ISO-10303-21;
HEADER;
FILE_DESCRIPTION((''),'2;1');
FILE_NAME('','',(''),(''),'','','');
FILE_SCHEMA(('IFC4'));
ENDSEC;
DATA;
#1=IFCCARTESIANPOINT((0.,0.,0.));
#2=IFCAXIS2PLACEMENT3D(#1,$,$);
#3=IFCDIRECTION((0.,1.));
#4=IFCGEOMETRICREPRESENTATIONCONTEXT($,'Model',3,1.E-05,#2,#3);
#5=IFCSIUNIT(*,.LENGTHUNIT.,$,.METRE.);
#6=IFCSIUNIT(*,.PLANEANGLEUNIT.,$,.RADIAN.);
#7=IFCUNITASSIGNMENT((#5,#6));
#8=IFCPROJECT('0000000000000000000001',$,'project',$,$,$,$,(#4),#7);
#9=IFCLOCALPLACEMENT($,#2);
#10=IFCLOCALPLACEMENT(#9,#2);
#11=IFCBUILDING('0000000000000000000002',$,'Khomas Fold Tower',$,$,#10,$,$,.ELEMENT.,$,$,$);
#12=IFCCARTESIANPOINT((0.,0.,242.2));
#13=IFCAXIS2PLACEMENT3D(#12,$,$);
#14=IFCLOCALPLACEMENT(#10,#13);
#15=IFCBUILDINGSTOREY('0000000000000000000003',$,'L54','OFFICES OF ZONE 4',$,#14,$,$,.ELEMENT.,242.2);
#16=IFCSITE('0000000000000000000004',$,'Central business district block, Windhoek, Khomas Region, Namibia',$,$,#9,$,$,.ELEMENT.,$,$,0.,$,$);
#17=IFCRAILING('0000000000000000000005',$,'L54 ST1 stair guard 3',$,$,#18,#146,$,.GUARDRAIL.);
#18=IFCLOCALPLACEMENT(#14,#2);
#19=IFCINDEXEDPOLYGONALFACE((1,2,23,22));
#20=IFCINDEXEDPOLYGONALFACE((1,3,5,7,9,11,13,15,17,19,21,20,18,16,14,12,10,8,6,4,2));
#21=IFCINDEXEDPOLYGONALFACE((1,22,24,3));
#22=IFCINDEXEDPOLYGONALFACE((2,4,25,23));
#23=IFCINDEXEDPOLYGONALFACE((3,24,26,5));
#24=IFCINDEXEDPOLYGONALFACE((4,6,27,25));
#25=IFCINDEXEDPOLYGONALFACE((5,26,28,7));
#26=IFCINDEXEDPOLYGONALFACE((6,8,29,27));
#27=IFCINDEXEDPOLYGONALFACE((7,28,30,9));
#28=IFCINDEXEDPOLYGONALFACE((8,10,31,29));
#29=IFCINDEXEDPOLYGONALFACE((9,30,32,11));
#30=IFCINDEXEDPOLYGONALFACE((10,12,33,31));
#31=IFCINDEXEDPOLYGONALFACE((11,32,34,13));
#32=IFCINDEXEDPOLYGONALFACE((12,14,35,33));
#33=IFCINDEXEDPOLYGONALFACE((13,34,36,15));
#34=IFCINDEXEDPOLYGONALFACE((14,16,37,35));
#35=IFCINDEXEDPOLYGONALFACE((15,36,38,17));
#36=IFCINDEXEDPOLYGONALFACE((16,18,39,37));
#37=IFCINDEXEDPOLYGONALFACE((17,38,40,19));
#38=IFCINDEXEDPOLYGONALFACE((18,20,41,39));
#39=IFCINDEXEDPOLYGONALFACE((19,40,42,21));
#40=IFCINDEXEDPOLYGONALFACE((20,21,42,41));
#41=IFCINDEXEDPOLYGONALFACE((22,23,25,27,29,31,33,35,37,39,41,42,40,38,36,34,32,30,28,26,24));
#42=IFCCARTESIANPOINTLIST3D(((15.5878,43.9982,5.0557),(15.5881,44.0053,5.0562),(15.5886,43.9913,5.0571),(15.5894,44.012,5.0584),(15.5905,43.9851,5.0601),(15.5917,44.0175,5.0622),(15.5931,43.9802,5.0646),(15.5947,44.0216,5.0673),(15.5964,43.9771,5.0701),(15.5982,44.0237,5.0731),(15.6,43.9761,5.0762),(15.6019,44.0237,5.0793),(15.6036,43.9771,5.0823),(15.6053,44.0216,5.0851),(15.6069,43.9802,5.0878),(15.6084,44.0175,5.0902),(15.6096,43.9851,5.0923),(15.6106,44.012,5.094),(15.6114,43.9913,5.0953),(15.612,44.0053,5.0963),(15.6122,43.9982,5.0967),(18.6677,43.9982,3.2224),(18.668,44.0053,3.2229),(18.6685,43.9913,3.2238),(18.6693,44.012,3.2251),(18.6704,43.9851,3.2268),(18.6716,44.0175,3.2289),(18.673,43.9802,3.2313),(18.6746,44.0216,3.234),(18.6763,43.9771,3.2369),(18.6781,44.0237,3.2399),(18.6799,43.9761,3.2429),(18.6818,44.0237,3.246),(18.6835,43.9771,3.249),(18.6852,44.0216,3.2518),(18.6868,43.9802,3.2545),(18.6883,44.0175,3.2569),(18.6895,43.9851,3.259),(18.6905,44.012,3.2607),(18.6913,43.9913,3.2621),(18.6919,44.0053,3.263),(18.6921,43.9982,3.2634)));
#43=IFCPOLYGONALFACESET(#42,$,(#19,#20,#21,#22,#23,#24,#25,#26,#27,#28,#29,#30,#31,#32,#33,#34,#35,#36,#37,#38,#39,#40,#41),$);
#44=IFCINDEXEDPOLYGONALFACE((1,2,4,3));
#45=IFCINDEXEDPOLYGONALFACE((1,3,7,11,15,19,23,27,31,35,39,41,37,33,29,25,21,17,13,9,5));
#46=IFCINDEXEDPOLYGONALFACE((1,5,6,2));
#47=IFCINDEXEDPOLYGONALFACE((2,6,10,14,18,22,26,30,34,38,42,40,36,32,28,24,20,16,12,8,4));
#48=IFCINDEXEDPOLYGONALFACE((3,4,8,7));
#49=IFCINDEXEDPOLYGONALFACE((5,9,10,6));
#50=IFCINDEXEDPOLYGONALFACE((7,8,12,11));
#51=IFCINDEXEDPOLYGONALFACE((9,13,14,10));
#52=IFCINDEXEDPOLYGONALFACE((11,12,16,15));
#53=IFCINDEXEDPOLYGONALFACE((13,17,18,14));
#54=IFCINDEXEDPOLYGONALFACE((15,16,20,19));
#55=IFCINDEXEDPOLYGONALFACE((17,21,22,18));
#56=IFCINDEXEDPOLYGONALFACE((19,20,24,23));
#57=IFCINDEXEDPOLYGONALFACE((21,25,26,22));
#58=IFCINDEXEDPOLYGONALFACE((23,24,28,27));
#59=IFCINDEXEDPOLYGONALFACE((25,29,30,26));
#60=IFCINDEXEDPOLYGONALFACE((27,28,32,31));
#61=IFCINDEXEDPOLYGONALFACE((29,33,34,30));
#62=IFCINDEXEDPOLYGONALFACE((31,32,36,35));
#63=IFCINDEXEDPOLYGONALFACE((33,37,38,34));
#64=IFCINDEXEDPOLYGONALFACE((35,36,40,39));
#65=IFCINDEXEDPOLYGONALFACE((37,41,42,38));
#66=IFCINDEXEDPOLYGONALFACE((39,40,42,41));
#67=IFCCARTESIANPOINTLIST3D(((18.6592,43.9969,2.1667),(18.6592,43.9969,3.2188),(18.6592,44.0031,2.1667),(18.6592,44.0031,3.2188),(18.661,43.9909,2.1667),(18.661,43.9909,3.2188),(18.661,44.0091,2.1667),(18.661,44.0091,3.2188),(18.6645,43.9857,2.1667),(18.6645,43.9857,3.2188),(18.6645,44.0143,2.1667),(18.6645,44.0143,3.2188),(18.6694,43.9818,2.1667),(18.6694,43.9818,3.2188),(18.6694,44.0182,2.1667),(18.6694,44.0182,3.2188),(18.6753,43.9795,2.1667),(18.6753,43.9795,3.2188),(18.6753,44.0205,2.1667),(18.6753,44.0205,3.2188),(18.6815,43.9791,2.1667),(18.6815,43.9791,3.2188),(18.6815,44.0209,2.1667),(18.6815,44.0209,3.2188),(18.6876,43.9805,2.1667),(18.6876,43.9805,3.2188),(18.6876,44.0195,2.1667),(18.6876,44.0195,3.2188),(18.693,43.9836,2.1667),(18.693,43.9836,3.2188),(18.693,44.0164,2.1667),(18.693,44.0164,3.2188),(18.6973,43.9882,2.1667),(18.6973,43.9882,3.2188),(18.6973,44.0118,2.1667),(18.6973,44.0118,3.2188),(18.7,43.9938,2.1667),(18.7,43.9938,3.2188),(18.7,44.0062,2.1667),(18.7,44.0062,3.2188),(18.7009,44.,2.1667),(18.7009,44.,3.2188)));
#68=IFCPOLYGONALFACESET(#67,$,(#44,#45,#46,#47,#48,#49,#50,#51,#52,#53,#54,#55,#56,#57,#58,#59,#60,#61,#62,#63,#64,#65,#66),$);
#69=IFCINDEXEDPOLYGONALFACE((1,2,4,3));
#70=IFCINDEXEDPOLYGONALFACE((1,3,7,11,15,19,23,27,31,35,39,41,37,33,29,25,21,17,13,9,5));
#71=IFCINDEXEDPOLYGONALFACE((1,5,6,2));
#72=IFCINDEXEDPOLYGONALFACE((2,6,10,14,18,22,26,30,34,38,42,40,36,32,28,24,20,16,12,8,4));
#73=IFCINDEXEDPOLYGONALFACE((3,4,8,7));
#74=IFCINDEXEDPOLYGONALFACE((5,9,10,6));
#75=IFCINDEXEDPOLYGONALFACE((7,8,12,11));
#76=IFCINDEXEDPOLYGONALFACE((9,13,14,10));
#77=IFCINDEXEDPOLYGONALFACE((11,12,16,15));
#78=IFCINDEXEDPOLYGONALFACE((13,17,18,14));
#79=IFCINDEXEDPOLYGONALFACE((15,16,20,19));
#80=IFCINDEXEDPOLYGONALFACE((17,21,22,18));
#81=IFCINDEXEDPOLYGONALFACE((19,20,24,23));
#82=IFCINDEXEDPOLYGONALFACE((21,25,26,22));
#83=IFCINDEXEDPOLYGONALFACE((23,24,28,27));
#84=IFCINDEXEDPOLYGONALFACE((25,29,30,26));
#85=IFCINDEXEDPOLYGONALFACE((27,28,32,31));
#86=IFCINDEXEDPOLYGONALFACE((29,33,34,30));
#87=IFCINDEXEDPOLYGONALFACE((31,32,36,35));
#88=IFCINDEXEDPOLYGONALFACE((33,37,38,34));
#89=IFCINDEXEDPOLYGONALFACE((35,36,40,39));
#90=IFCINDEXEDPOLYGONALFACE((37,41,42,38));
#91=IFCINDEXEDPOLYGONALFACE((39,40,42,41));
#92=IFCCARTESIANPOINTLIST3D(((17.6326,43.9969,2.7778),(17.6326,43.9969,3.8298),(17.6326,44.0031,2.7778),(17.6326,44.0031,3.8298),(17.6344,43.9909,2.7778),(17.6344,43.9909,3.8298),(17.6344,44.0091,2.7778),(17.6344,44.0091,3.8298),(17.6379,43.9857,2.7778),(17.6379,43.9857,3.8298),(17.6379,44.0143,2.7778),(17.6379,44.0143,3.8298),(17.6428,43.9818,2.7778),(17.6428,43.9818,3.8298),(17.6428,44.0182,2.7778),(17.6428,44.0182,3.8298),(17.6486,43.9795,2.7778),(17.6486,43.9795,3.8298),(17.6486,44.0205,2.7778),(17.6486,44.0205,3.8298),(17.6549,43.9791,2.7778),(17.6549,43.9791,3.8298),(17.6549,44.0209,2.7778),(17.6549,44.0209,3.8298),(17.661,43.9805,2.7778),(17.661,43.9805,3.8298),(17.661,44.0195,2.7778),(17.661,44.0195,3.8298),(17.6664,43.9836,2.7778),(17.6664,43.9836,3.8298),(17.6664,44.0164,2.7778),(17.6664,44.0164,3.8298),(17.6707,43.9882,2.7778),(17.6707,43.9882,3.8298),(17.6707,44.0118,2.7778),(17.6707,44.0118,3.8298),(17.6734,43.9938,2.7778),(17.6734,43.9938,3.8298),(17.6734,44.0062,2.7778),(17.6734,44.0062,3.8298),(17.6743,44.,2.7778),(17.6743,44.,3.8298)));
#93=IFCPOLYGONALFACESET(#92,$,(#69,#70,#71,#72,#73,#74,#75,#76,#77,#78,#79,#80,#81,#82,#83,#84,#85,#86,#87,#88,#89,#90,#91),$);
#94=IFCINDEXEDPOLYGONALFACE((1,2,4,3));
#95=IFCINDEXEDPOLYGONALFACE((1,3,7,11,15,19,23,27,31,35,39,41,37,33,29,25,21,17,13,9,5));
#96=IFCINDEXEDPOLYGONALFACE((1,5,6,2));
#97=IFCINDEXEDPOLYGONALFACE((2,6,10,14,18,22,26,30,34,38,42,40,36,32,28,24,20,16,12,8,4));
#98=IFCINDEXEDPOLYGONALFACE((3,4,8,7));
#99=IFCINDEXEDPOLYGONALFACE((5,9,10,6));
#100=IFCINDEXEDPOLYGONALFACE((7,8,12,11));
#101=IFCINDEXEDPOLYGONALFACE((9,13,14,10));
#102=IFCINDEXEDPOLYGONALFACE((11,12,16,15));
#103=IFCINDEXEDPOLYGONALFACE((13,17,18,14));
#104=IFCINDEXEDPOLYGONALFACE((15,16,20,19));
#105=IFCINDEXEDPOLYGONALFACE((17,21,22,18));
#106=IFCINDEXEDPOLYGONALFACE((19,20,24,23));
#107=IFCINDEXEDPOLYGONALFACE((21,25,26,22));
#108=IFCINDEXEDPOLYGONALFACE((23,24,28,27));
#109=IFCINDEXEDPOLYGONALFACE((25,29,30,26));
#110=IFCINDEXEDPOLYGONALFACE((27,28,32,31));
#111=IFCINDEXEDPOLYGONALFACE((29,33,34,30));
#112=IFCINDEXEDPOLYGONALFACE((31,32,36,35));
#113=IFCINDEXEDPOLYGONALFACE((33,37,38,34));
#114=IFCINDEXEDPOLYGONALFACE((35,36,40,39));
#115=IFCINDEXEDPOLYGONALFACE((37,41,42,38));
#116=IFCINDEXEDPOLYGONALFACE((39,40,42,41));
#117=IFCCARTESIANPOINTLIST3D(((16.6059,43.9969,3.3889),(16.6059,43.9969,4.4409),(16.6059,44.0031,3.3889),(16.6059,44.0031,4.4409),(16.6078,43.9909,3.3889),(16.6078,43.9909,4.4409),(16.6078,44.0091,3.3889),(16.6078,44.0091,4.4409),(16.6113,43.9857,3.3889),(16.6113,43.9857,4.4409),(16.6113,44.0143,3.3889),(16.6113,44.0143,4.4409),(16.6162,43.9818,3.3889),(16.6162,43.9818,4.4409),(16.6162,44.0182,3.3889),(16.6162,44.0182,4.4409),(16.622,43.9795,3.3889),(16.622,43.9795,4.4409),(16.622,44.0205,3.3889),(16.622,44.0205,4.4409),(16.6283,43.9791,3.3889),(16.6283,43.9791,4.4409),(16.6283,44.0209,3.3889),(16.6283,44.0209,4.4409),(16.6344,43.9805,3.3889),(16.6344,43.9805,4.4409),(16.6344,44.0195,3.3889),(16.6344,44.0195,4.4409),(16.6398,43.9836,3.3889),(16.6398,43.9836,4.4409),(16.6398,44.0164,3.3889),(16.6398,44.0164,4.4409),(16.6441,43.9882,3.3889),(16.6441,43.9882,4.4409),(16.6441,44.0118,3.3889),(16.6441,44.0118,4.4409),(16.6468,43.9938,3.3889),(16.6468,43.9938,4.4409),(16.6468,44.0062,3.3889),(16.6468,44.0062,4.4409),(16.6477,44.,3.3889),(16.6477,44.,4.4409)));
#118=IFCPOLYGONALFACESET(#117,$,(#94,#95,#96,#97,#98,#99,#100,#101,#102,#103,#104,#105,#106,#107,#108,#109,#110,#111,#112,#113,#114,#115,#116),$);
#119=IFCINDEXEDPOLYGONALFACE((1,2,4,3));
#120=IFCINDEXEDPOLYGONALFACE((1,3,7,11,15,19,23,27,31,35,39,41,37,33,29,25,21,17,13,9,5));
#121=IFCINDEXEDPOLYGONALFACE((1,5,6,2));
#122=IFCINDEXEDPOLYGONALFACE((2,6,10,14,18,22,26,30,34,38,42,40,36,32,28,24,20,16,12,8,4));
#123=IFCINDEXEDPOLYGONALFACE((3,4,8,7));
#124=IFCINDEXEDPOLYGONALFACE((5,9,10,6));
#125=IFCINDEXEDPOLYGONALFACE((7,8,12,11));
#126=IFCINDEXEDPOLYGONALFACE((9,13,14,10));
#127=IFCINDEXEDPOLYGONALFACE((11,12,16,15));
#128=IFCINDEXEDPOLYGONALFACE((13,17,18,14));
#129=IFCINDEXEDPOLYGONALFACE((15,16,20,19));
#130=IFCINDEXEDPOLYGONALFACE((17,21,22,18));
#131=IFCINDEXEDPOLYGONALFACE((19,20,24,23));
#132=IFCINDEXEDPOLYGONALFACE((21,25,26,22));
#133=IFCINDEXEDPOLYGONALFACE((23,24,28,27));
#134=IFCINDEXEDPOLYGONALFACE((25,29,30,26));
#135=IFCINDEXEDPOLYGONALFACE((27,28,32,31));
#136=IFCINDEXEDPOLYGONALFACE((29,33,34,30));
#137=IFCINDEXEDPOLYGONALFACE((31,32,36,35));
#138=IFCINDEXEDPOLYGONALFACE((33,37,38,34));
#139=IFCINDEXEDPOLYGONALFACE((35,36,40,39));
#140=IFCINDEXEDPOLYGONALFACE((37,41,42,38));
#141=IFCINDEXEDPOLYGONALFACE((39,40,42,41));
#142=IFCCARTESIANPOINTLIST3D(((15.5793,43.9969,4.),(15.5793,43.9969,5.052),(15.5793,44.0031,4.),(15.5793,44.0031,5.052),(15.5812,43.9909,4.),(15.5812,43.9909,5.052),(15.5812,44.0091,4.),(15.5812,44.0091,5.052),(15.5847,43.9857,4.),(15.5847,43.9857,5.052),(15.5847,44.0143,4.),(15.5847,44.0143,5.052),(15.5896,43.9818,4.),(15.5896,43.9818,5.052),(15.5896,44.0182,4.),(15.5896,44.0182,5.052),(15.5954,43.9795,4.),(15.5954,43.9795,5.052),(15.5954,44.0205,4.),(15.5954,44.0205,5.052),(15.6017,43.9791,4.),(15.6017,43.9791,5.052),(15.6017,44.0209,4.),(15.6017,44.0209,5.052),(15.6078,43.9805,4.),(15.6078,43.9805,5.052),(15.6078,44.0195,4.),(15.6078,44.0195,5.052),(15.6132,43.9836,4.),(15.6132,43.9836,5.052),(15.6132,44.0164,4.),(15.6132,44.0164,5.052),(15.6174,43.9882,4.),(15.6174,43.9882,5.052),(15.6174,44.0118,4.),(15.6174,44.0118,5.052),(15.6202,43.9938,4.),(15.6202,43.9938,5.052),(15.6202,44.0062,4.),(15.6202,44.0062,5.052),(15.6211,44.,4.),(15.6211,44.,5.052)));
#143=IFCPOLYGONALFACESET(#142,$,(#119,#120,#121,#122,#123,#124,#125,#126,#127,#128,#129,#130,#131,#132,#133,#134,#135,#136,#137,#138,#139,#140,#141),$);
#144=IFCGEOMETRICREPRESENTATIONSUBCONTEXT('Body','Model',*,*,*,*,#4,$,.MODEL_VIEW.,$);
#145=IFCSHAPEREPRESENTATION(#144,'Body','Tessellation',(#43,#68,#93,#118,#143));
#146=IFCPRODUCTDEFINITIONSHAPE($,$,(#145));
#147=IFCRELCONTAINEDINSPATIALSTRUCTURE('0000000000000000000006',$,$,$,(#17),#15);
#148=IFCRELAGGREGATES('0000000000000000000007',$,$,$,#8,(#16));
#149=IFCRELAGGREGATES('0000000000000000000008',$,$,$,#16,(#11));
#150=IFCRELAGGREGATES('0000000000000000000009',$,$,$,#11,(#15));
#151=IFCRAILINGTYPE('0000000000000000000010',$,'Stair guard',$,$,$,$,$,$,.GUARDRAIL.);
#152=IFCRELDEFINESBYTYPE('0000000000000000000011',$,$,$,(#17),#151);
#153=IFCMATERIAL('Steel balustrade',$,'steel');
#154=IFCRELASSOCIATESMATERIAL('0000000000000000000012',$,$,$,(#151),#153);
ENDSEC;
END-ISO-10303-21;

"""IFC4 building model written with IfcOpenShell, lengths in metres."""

from ifc_helpers import new_model, si_unit, direction, frame, origin, origin_2d, place, context, subcontext, project, spatial, circle, extrude, source, transform, mapped, material, type_object, element, save


model = new_model("IFC4")

# Units and contexts
model_context = context("Model", 3, precision=1e-05, world=origin(), true_north=direction((0.0, 1.0)))
body_context = subcontext(model_context, "Body", "Model", "MODEL_VIEW")
ifc_project = project(units=[si_unit("LENGTHUNIT", "METRE"), si_unit("PLANEANGLEUNIT", "RADIAN")], contexts=[model_context])

# Site, building, storey
site_placement = place(None, origin())
site = spatial("IfcSite", under=ifc_project, at=site_placement, Name="Central business district block, Windhoek, Khomas Region, Namibia", CompositionType="ELEMENT", RefElevation=0.0)
building_placement = place(site_placement, origin())
building = spatial("IfcBuilding", under=site, at=building_placement, Name="Khomas Fold Tower", CompositionType="ELEMENT")
storey_placement = place(building_placement, frame((0.0, 0.0, 242.2)))
storey = spatial("IfcBuildingStorey", under=building, at=storey_placement, Name="L54", Description="OFFICES OF ZONE 4", CompositionType="ELEMENT", Elevation=242.2)

# Railing
ifc_material_1 = material(Name="Steel balustrade", Category="steel")
railing_type_1 = type_object("IfcRailingType", Name="Stair guard", PredefinedType="GUARDRAIL", material=ifc_material_1)
shared_shape_1 = source(origin(), body_context, "Body", "SweptSolid", [
    extrude(circle(Radius=0.0239, at=origin_2d()), frame((0.0, 0.0, 1.0762), z_axis=(-0.859291, 0.0, 0.511487), x_axis=(0.0, -1.0, 0.0)), (0.0, 0.0, 1.0), 3.5842),
    extrude(circle(Radius=0.021, at=origin_2d()), origin(), (0.0, 0.0, 1.0), 1.052),
    extrude(circle(Radius=0.021, at=origin_2d()), frame((-1.0266, 0.0, 0.6111)), (0.0, 0.0, 1.0), 1.052),
    extrude(circle(Radius=0.021, at=origin_2d()), frame((-2.0532, 0.0, 1.2222)), (0.0, 0.0, 1.0), 1.052),
    extrude(circle(Radius=0.021, at=origin_2d()), frame((-3.0798, 0.0, 1.8333)), (0.0, 0.0, 1.0), 1.052),
])
railing_1_placement = place(storey_placement, frame((18.6799, 44.0, 2.1667)))
element("IfcRailing", 1, at=railing_1_placement, inside=storey, type_object=railing_type_1, Name="L54 ST1 stair guard 3", PredefinedType="GUARDRAIL", context=body_context, shape_type="MappedRepresentation", body=[
    mapped(shared_shape_1, transform((0.0, 0.0, 0.0))),
])

save(model, "model.ifc")
